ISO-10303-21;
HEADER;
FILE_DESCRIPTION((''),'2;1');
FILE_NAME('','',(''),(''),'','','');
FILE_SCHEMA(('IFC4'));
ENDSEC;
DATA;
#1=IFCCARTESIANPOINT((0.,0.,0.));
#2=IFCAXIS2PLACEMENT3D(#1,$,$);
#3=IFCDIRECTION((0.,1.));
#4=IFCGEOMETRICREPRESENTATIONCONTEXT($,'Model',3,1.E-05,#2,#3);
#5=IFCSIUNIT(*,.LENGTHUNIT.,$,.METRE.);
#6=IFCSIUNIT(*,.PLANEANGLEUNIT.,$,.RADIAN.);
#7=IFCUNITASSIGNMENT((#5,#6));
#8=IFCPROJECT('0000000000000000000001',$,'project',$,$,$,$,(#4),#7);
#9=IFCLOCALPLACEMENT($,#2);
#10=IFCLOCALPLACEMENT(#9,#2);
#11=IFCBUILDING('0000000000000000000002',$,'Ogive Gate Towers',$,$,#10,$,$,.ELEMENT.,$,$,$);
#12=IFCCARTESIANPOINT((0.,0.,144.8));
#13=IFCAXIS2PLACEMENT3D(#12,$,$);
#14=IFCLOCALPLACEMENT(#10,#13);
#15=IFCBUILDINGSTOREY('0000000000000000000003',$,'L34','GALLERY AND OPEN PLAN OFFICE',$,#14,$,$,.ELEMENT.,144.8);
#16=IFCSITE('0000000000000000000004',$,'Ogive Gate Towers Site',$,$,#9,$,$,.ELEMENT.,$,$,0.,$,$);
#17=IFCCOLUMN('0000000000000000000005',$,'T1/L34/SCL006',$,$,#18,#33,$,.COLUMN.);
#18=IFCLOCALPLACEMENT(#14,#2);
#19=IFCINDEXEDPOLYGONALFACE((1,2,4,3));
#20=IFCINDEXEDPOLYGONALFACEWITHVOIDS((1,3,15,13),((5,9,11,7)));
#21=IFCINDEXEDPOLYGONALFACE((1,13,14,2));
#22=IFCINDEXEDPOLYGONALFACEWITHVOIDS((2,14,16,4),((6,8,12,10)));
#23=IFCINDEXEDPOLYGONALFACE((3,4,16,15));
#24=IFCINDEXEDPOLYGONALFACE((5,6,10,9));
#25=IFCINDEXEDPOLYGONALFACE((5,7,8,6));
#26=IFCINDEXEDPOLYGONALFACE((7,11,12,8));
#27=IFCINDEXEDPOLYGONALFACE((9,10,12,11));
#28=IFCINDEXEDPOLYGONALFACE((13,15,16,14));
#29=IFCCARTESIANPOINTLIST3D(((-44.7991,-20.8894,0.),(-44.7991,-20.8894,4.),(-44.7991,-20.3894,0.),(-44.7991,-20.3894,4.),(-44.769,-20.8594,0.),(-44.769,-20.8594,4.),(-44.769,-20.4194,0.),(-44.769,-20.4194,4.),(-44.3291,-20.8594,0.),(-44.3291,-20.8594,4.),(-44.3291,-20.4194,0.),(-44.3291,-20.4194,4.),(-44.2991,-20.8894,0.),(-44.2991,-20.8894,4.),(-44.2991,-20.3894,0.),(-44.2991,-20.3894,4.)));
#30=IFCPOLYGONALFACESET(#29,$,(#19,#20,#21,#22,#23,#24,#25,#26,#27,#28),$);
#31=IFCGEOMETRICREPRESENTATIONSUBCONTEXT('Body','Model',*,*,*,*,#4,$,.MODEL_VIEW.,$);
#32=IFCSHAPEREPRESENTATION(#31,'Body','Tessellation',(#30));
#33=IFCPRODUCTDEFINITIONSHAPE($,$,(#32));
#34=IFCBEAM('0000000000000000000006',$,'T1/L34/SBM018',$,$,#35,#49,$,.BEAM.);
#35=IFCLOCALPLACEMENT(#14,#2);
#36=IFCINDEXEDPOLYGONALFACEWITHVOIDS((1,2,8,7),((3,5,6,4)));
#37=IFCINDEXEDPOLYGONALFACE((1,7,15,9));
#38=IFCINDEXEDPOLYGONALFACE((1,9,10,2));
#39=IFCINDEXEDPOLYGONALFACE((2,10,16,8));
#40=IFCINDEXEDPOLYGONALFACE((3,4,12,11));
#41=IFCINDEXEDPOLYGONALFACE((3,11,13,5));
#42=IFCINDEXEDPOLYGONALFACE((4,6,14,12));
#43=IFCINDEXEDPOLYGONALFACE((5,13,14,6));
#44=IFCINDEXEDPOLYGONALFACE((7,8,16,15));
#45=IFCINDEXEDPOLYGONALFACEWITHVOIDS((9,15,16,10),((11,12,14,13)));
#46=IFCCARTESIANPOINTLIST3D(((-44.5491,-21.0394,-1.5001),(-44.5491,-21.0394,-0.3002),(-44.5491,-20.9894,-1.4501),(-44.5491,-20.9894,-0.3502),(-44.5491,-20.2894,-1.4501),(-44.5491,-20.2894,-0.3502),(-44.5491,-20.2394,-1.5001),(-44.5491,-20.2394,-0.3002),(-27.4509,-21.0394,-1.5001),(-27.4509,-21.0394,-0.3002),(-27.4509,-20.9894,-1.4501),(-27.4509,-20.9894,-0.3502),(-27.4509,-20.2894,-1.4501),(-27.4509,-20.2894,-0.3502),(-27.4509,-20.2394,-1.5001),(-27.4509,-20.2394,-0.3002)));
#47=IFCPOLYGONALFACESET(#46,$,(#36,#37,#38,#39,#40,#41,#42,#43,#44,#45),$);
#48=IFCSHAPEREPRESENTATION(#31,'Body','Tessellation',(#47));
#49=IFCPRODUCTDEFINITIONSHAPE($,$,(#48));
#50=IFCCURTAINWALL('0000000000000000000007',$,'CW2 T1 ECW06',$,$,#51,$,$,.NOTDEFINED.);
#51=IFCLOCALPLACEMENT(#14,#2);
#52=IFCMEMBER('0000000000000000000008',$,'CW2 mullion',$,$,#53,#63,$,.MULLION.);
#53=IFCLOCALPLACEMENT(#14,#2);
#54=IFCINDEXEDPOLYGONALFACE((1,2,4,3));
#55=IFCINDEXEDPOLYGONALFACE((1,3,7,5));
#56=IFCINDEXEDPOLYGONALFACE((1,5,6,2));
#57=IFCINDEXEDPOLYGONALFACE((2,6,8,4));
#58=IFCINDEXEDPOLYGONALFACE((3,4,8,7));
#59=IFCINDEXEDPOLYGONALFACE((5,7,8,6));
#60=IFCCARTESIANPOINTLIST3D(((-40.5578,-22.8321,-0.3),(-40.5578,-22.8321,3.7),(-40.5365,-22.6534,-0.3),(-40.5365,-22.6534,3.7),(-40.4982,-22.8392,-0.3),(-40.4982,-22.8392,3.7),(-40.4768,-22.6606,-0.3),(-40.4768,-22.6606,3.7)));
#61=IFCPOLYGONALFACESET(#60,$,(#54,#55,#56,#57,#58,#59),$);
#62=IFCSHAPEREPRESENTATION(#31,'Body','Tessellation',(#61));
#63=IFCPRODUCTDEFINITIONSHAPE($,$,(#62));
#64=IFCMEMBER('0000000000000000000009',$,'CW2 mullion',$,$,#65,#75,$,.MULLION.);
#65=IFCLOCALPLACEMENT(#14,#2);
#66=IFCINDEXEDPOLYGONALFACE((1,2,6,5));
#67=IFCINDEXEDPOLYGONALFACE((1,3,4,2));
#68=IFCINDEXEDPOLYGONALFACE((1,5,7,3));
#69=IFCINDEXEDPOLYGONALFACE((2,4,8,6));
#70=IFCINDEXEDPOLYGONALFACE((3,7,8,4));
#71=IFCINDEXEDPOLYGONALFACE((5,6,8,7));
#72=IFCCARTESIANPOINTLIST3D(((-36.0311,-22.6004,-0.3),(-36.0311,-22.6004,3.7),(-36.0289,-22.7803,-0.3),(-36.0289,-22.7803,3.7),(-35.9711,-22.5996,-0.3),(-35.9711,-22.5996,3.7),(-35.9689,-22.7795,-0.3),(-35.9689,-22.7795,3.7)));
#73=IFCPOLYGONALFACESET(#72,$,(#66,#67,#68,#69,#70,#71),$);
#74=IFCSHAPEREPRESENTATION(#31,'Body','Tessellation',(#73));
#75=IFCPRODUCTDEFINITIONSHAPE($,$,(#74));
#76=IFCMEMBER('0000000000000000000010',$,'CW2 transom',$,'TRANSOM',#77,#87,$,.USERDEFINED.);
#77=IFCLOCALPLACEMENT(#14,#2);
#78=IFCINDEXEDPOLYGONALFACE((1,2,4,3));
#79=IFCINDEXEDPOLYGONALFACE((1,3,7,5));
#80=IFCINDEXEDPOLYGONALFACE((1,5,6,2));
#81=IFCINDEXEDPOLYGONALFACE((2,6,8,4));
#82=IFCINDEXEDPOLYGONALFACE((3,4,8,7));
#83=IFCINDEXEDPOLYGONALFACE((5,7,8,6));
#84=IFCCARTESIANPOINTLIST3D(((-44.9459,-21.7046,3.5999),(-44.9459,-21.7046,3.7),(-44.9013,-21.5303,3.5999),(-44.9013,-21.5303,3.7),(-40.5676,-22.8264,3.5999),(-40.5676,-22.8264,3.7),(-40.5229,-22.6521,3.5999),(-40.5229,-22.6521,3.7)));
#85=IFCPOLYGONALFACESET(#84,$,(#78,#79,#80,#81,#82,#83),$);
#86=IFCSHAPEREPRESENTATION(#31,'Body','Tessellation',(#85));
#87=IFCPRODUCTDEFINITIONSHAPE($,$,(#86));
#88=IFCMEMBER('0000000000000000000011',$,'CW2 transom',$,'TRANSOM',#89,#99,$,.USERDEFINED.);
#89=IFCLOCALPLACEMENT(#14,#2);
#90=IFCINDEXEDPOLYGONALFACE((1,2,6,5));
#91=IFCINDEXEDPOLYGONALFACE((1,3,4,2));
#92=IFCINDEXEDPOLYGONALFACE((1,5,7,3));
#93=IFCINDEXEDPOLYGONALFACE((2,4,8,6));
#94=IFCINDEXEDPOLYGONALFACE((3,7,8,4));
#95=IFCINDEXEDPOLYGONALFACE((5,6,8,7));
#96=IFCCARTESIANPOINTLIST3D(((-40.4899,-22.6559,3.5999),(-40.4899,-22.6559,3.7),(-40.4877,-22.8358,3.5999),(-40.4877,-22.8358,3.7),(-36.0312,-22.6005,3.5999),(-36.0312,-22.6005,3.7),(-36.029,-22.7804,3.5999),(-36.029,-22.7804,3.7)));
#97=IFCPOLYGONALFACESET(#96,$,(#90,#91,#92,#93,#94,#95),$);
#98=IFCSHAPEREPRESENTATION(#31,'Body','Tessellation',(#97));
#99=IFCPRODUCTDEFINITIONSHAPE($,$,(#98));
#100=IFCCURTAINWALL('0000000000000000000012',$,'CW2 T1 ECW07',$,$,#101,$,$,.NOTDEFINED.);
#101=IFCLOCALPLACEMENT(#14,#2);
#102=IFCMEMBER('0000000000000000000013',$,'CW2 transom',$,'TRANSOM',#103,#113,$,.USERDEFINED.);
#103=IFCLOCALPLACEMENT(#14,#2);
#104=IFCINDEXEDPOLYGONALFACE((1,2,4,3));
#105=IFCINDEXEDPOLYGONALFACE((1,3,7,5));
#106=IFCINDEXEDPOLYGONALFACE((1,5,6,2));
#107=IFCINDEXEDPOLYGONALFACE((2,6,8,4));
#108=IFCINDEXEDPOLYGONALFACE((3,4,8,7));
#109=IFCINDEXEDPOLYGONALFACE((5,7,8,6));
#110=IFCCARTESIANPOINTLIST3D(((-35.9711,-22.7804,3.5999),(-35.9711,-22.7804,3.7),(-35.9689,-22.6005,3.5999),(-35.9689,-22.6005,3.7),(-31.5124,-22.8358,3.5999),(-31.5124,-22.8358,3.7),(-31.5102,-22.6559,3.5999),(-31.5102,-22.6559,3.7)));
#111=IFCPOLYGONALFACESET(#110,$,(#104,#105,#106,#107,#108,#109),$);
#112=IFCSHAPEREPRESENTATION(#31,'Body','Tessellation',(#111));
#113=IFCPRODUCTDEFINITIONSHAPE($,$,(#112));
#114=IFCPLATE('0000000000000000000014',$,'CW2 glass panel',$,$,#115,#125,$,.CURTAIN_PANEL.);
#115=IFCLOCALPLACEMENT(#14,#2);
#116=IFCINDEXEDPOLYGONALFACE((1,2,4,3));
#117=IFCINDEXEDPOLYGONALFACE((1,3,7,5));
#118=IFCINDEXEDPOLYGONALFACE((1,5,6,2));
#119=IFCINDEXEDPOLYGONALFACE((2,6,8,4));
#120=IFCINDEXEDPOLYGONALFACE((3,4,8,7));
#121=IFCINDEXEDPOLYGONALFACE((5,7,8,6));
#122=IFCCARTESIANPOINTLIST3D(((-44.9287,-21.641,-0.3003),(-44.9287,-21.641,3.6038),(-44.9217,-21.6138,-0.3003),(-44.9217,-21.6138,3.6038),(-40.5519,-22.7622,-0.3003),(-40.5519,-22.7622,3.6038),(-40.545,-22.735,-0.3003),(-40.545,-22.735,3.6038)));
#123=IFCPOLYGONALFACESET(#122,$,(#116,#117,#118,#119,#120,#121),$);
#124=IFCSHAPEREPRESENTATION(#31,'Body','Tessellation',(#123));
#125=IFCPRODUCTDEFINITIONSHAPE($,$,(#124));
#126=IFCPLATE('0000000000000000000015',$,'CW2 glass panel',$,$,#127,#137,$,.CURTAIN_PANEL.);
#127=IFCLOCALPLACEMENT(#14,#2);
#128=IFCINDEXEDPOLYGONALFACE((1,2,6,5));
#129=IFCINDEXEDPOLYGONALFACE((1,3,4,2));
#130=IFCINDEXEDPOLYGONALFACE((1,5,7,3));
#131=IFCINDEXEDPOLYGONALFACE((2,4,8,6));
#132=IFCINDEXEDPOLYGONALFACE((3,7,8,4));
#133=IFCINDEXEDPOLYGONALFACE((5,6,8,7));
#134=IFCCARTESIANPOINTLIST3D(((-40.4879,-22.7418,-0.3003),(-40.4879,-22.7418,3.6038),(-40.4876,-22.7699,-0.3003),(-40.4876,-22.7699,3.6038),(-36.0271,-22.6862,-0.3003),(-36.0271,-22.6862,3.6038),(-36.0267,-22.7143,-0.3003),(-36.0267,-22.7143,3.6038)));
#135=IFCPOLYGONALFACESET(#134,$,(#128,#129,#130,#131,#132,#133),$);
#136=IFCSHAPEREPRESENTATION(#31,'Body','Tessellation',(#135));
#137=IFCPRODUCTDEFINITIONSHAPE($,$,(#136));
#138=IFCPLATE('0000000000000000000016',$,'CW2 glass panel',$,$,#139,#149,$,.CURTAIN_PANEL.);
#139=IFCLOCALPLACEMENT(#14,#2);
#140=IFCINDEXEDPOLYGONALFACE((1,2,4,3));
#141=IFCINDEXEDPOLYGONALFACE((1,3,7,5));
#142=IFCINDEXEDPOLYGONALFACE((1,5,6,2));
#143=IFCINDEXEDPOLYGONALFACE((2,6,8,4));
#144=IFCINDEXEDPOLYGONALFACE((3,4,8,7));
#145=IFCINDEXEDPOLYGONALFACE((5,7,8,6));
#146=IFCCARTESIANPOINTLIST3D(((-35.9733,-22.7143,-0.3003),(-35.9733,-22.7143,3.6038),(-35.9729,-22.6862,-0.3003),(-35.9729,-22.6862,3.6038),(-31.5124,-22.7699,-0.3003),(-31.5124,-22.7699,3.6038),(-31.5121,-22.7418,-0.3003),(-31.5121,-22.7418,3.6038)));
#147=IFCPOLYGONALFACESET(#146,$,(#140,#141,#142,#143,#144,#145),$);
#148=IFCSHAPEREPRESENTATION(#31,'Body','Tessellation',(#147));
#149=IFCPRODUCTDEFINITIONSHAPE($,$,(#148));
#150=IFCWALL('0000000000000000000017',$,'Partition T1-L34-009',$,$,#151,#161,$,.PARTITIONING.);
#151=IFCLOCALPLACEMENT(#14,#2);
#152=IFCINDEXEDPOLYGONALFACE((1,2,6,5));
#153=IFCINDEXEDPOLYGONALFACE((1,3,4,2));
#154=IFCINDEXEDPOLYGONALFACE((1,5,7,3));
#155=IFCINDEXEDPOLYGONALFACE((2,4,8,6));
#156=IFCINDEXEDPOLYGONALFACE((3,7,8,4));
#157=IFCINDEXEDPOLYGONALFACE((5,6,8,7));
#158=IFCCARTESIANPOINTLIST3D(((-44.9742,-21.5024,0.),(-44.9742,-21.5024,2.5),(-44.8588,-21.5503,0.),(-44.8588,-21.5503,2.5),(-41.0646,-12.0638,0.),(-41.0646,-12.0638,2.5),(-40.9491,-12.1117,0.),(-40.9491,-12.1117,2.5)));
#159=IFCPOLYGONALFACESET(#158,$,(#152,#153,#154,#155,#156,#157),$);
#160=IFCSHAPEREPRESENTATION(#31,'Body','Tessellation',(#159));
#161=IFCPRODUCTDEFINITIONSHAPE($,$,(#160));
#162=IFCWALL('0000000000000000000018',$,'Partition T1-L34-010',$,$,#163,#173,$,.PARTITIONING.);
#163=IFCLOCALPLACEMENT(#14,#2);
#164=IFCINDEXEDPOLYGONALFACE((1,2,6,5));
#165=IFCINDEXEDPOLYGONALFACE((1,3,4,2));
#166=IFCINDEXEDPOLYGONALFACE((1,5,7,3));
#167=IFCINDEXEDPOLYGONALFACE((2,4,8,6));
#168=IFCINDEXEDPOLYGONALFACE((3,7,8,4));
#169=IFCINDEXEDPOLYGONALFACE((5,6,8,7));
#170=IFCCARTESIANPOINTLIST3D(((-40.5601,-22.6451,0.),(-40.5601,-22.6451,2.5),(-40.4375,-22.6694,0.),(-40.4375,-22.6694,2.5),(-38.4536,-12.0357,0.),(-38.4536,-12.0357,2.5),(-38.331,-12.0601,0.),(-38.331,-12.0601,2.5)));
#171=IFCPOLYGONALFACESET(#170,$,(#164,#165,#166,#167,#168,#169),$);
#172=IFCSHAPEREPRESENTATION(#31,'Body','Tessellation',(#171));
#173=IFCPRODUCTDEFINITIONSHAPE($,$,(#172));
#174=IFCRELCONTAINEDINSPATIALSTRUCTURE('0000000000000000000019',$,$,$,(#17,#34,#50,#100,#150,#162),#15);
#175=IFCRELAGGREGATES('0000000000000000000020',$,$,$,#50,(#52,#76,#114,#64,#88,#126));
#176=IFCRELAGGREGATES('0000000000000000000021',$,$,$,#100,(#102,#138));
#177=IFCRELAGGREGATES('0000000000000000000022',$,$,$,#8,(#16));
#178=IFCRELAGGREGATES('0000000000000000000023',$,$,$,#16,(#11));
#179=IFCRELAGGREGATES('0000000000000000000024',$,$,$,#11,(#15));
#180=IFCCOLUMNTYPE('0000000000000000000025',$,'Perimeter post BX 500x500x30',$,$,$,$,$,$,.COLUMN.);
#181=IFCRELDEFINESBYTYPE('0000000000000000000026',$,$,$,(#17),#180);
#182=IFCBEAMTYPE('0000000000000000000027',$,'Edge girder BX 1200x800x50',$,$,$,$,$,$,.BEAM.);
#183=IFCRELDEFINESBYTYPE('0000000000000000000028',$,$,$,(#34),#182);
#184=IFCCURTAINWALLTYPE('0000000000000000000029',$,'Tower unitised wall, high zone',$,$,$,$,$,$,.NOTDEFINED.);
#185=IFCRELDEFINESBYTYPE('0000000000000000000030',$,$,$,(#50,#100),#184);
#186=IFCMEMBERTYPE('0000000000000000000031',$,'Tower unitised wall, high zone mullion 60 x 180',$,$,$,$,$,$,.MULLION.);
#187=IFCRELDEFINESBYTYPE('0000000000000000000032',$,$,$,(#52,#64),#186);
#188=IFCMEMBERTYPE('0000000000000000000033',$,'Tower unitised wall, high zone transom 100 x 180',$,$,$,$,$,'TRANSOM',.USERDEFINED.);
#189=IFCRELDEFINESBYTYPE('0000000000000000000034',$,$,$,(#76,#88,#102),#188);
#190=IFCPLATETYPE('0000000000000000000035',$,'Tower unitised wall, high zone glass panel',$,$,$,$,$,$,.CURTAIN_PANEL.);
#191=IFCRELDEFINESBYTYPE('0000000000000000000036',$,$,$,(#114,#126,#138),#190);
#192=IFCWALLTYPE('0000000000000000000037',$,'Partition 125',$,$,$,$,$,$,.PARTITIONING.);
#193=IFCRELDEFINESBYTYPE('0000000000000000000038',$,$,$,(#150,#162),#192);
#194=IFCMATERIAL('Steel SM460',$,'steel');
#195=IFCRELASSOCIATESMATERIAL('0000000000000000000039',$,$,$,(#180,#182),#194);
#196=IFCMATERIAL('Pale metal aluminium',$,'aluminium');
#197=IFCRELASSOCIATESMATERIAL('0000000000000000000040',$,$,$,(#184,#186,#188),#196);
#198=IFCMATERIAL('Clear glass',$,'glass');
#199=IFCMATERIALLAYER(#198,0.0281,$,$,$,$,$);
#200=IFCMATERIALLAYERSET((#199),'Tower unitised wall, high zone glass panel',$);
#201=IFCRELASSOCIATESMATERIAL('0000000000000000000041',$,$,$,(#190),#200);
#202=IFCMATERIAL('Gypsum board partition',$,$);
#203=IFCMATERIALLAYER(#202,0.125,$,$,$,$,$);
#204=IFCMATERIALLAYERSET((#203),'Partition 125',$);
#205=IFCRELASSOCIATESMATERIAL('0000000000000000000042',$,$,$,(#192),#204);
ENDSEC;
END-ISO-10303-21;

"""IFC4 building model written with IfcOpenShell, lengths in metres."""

from ifc_helpers import new_model, si_unit, direction, frame, frame_2d, origin, origin_2d, place, context, subcontext, project, spatial, rectangle, hollow_rectangle, extrude, material, layer, layer_set, material_profile, profile_set, type_object, element, aggregate, save


model = new_model("IFC4")

# Units and contexts
model_context = context("Model", 3, precision=1e-05, world=origin(), true_north=direction((0.0, 1.0)))
body_context = subcontext(model_context, "Body", "Model", "MODEL_VIEW")
ifc_project = project(units=[si_unit("LENGTHUNIT", "METRE"), si_unit("PLANEANGLEUNIT", "RADIAN")], contexts=[model_context])

# Site, building, storey
site_placement = place(None, origin())
site = spatial("IfcSite", under=ifc_project, at=site_placement, Name="Ogive Gate Towers Site", CompositionType="ELEMENT", RefElevation=0.0)
building_placement = place(site_placement, origin())
building = spatial("IfcBuilding", under=site, at=building_placement, Name="Ogive Gate Towers", CompositionType="ELEMENT")
storey_placement = place(building_placement, frame((0.0, 0.0, 144.8)))
storey = spatial("IfcBuildingStorey", under=building, at=storey_placement, Name="L34", Description="GALLERY AND OPEN PLAN OFFICE", CompositionType="ELEMENT", Elevation=144.8)

# Column
ifc_material_1 = material(Name="Steel SM460", Category="steel")
ifc_material_profile_1 = material_profile(ifc_material_1, hollow_rectangle(XDim=0.5, YDim=0.5, WallThickness=0.03, at=origin_2d()), Name="BX 500x500x30")
ifc_profile_set_1 = profile_set([ifc_material_profile_1], Name="Steel SM460")
column_type = type_object("IfcColumnType", Name="Perimeter post BX 500x500x30", PredefinedType="COLUMN", material=ifc_profile_set_1)
column_placement = place(storey_placement, frame((-44.5491, -20.6394, 0.0), z_axis=(0.0, 0.0, 1.0), x_axis=(1.0, 0.0, 0.0)))
element("IfcColumn", 1, at=column_placement, inside=storey, type_object=column_type, Name="T1/L34/SCL006", PredefinedType="COLUMN", context=body_context, shape_type="SweptSolid", body=[
    extrude(hollow_rectangle(XDim=0.5, YDim=0.5, WallThickness=0.03, at=origin_2d()), origin(), (0.0, 0.0, 1.0), 4.0),
])

# Beam
ifc_material_profile_2 = material_profile(ifc_material_1, hollow_rectangle(XDim=0.8, YDim=1.2, WallThickness=0.05, at=origin_2d()), Name="BX 1200x800x50")
ifc_profile_set_2 = profile_set([ifc_material_profile_2], Name="Steel SM460")
beam_type = type_object("IfcBeamType", Name="Edge girder BX 1200x800x50", PredefinedType="BEAM", material=ifc_profile_set_2)
beam_placement = place(storey_placement, frame((-44.5491, -20.6394, -0.9001), z_axis=(1.0, 0.0, 0.0), x_axis=(0.0, 1.0, 0.0)))
element("IfcBeam", 2, at=beam_placement, inside=storey, type_object=beam_type, Name="T1/L34/SBM018", PredefinedType="BEAM", context=body_context, shape_type="SweptSolid", body=[
    extrude(hollow_rectangle(XDim=0.8, YDim=1.2, WallThickness=0.05, at=origin_2d()), origin(), (0.0, 0.0, 1.0), 17.0981),
])

# Curtain wall, members
ifc_material_2 = material(Name="Pale metal aluminium", Category="aluminium")
curtain_wall_type = type_object("IfcCurtainWallType", Name="Tower unitised wall, high zone", PredefinedType="NOTDEFINED", material=ifc_material_2)
curtain_wall_1_placement = place(storey_placement, origin())
curtain_wall_1 = element("IfcCurtainWall", 3, at=curtain_wall_1_placement, inside=storey, type_object=curtain_wall_type, Name="CW2 T1 ECW06", PredefinedType="NOTDEFINED")
ifc_material_profile_3 = material_profile(ifc_material_2, rectangle(XDim=0.1799, YDim=0.0601, at=origin_2d()), Name="60 x 180 aluminium box")
ifc_profile_set_3 = profile_set([ifc_material_profile_3], Name="Pale metal aluminium")
member_type_1 = type_object("IfcMemberType", Name="Tower unitised wall, high zone mullion 60 x 180", PredefinedType="MULLION", material=ifc_profile_set_3)
member_1_placement = place(storey_placement, frame((-40.5173, -22.7463, -0.3), z_axis=(0.0, 0.0, 1.0), x_axis=(-0.118889, -0.992908, 0.0)))
member_1 = element("IfcMember", 4, at=member_1_placement, type_object=member_type_1, Name="CW2 mullion", PredefinedType="MULLION", context=body_context, shape_type="SweptSolid", body=[
    extrude(rectangle(XDim=0.1799, YDim=0.0601, at=origin_2d()), origin(), (0.0, 0.0, 1.0), 4.0),
])
member_2_placement = place(storey_placement, frame((-36.0, -22.6899, -0.3), z_axis=(0.0, 0.0, 1.0), x_axis=(0.012461, -0.999922, 0.0)))
member_2 = element("IfcMember", 5, at=member_2_placement, type_object=member_type_1, Name="CW2 mullion", PredefinedType="MULLION", context=body_context, shape_type="SweptSolid", body=[
    extrude(rectangle(XDim=0.1799, YDim=0.0601, at=origin_2d()), origin(), (0.0, 0.0, 1.0), 4.0),
])
ifc_material_profile_4 = material_profile(ifc_material_2, rectangle(XDim=0.1799, YDim=0.1001, at=origin_2d()), Name="100 x 180 aluminium box")
ifc_profile_set_4 = profile_set([ifc_material_profile_4], Name="Pale metal aluminium")
member_type_2 = type_object("IfcMemberType", Name="Tower unitised wall, high zone transom 100 x 180", ElementType="TRANSOM", PredefinedType="USERDEFINED", material=ifc_profile_set_4)
member_3_placement = place(storey_placement, frame((-44.9236, -21.6174, 3.6499), z_axis=(0.968709, -0.2482, 0.0), x_axis=(0.2482, 0.968709, 0.0)))
member_3 = element("IfcMember", 6, at=member_3_placement, type_object=member_type_2, Name="CW2 transom", ObjectType="TRANSOM", PredefinedType="USERDEFINED", context=body_context, shape_type="SweptSolid", body=[
    extrude(rectangle(XDim=0.1799, YDim=0.1001, at=origin_2d()), origin(), (0.0, 0.0, 1.0), 4.5198),
])
member_4_placement = place(storey_placement, frame((-40.4888, -22.7458, 3.6499), z_axis=(0.999923, 0.012429, 0.0), x_axis=(-0.012429, 0.999923, 0.0)))
member_4 = element("IfcMember", 7, at=member_4_placement, type_object=member_type_2, Name="CW2 transom", ObjectType="TRANSOM", PredefinedType="USERDEFINED", context=body_context, shape_type="SweptSolid", body=[
    extrude(rectangle(XDim=0.1799, YDim=0.1001, at=origin_2d()), origin(), (0.0, 0.0, 1.0), 4.459),
])

# Curtain wall, member
curtain_wall_2_placement = place(storey_placement, origin())
curtain_wall_2 = element("IfcCurtainWall", 8, at=curtain_wall_2_placement, inside=storey, type_object=curtain_wall_type, Name="CW2 T1 ECW07", PredefinedType="NOTDEFINED")
member_5_placement = place(storey_placement, frame((-35.97, -22.6904, 3.6499), z_axis=(0.999923, -0.012429, 0.0), x_axis=(0.012429, 0.999923, 0.0)))
member_5 = element("IfcMember", 9, at=member_5_placement, type_object=member_type_2, Name="CW2 transom", ObjectType="TRANSOM", PredefinedType="USERDEFINED", context=body_context, shape_type="SweptSolid", body=[
    extrude(rectangle(XDim=0.1799, YDim=0.1001, at=origin_2d()), origin(), (0.0, 0.0, 1.0), 4.459),
])

# Plates
ifc_material_3 = material(Name="Clear glass", Category="glass")
ifc_layer_1 = layer(ifc_material_3, 0.0281)
ifc_layer_set_1 = layer_set([ifc_layer_1], Name="Tower unitised wall, high zone glass panel")
plate_type = type_object("IfcPlateType", Name="Tower unitised wall, high zone glass panel", PredefinedType="CURTAIN_PANEL", material=ifc_layer_set_1)
plate_1_placement = place(storey_placement, frame((-42.7368, -22.188, -0.3003), z_axis=(0.0, 0.0, 1.0), x_axis=(0.968718, -0.248166, 0.0)))
plate_1 = element("IfcPlate", 10, at=plate_1_placement, type_object=plate_type, Name="CW2 glass panel", PredefinedType="CURTAIN_PANEL", context=body_context, shape_type="SweptSolid", body=[
    extrude(rectangle(XDim=4.5181, YDim=0.0281, at=origin_2d()), origin(), (0.0, 0.0, 1.0), 3.9041),
])
plate_2_placement = place(storey_placement, frame((-38.2573, -22.728, -0.3003), z_axis=(0.0, 0.0, 1.0), x_axis=(0.999922, 0.012461, 0.0)))
plate_2 = element("IfcPlate", 11, at=plate_2_placement, type_object=plate_type, Name="CW2 glass panel", PredefinedType="CURTAIN_PANEL", context=body_context, shape_type="SweptSolid", body=[
    extrude(rectangle(XDim=4.4612, YDim=0.0281, at=origin_2d()), origin(), (0.0, 0.0, 1.0), 3.9041),
])
aggregate(curtain_wall_1, [member_1, member_3, plate_1, member_2, member_4, plate_2])
plate_3_placement = place(storey_placement, frame((-33.7427, -22.728, -0.3003), z_axis=(0.0, 0.0, 1.0), x_axis=(0.999922, -0.012461, 0.0)))
plate_3 = element("IfcPlate", 12, at=plate_3_placement, type_object=plate_type, Name="CW2 glass panel", PredefinedType="CURTAIN_PANEL", context=body_context, shape_type="SweptSolid", body=[
    extrude(rectangle(XDim=4.4612, YDim=0.0281, at=origin_2d()), origin(), (0.0, 0.0, 1.0), 3.9041),
])
aggregate(curtain_wall_2, [member_5, plate_3])

# Walls
ifc_material_4 = material(Name="Gypsum board partition")
ifc_layer_2 = layer(ifc_material_4, 0.125)
ifc_layer_set_2 = layer_set([ifc_layer_2], Name="Partition 125")
wall_type = type_object("IfcWallType", Name="Partition 125", PredefinedType="PARTITIONING", material=ifc_layer_set_2)
wall_1_placement = place(storey_placement, frame((-44.9165, -21.5264, 0.0), z_axis=(0.0, 0.0, 1.0), x_axis=(0.382685, 0.923879, 0.0)))
element("IfcWall", 13, at=wall_1_placement, inside=storey, type_object=wall_type, Name="Partition T1-L34-009", PredefinedType="PARTITIONING", context=body_context, shape_type="SweptSolid", body=[
    extrude(rectangle(XDim=10.2163, YDim=0.125, at=frame_2d((5.1082, 0.0))), origin(), (0.0, 0.0, 1.0), 2.5),
])
wall_2_placement = place(storey_placement, frame((-40.4988, -22.6572, 0.0), z_axis=(0.0, 0.0, 1.0), x_axis=(0.194744, 0.980854, 0.0)))
element("IfcWall", 14, at=wall_2_placement, inside=storey, type_object=wall_type, Name="Partition T1-L34-010", PredefinedType="PARTITIONING", context=body_context, shape_type="SweptSolid", body=[
    extrude(rectangle(XDim=10.8164, YDim=0.125, at=frame_2d((5.4082, 0.0))), origin(), (0.0, 0.0, 1.0), 2.5),
])

save(model, "model.ifc")
